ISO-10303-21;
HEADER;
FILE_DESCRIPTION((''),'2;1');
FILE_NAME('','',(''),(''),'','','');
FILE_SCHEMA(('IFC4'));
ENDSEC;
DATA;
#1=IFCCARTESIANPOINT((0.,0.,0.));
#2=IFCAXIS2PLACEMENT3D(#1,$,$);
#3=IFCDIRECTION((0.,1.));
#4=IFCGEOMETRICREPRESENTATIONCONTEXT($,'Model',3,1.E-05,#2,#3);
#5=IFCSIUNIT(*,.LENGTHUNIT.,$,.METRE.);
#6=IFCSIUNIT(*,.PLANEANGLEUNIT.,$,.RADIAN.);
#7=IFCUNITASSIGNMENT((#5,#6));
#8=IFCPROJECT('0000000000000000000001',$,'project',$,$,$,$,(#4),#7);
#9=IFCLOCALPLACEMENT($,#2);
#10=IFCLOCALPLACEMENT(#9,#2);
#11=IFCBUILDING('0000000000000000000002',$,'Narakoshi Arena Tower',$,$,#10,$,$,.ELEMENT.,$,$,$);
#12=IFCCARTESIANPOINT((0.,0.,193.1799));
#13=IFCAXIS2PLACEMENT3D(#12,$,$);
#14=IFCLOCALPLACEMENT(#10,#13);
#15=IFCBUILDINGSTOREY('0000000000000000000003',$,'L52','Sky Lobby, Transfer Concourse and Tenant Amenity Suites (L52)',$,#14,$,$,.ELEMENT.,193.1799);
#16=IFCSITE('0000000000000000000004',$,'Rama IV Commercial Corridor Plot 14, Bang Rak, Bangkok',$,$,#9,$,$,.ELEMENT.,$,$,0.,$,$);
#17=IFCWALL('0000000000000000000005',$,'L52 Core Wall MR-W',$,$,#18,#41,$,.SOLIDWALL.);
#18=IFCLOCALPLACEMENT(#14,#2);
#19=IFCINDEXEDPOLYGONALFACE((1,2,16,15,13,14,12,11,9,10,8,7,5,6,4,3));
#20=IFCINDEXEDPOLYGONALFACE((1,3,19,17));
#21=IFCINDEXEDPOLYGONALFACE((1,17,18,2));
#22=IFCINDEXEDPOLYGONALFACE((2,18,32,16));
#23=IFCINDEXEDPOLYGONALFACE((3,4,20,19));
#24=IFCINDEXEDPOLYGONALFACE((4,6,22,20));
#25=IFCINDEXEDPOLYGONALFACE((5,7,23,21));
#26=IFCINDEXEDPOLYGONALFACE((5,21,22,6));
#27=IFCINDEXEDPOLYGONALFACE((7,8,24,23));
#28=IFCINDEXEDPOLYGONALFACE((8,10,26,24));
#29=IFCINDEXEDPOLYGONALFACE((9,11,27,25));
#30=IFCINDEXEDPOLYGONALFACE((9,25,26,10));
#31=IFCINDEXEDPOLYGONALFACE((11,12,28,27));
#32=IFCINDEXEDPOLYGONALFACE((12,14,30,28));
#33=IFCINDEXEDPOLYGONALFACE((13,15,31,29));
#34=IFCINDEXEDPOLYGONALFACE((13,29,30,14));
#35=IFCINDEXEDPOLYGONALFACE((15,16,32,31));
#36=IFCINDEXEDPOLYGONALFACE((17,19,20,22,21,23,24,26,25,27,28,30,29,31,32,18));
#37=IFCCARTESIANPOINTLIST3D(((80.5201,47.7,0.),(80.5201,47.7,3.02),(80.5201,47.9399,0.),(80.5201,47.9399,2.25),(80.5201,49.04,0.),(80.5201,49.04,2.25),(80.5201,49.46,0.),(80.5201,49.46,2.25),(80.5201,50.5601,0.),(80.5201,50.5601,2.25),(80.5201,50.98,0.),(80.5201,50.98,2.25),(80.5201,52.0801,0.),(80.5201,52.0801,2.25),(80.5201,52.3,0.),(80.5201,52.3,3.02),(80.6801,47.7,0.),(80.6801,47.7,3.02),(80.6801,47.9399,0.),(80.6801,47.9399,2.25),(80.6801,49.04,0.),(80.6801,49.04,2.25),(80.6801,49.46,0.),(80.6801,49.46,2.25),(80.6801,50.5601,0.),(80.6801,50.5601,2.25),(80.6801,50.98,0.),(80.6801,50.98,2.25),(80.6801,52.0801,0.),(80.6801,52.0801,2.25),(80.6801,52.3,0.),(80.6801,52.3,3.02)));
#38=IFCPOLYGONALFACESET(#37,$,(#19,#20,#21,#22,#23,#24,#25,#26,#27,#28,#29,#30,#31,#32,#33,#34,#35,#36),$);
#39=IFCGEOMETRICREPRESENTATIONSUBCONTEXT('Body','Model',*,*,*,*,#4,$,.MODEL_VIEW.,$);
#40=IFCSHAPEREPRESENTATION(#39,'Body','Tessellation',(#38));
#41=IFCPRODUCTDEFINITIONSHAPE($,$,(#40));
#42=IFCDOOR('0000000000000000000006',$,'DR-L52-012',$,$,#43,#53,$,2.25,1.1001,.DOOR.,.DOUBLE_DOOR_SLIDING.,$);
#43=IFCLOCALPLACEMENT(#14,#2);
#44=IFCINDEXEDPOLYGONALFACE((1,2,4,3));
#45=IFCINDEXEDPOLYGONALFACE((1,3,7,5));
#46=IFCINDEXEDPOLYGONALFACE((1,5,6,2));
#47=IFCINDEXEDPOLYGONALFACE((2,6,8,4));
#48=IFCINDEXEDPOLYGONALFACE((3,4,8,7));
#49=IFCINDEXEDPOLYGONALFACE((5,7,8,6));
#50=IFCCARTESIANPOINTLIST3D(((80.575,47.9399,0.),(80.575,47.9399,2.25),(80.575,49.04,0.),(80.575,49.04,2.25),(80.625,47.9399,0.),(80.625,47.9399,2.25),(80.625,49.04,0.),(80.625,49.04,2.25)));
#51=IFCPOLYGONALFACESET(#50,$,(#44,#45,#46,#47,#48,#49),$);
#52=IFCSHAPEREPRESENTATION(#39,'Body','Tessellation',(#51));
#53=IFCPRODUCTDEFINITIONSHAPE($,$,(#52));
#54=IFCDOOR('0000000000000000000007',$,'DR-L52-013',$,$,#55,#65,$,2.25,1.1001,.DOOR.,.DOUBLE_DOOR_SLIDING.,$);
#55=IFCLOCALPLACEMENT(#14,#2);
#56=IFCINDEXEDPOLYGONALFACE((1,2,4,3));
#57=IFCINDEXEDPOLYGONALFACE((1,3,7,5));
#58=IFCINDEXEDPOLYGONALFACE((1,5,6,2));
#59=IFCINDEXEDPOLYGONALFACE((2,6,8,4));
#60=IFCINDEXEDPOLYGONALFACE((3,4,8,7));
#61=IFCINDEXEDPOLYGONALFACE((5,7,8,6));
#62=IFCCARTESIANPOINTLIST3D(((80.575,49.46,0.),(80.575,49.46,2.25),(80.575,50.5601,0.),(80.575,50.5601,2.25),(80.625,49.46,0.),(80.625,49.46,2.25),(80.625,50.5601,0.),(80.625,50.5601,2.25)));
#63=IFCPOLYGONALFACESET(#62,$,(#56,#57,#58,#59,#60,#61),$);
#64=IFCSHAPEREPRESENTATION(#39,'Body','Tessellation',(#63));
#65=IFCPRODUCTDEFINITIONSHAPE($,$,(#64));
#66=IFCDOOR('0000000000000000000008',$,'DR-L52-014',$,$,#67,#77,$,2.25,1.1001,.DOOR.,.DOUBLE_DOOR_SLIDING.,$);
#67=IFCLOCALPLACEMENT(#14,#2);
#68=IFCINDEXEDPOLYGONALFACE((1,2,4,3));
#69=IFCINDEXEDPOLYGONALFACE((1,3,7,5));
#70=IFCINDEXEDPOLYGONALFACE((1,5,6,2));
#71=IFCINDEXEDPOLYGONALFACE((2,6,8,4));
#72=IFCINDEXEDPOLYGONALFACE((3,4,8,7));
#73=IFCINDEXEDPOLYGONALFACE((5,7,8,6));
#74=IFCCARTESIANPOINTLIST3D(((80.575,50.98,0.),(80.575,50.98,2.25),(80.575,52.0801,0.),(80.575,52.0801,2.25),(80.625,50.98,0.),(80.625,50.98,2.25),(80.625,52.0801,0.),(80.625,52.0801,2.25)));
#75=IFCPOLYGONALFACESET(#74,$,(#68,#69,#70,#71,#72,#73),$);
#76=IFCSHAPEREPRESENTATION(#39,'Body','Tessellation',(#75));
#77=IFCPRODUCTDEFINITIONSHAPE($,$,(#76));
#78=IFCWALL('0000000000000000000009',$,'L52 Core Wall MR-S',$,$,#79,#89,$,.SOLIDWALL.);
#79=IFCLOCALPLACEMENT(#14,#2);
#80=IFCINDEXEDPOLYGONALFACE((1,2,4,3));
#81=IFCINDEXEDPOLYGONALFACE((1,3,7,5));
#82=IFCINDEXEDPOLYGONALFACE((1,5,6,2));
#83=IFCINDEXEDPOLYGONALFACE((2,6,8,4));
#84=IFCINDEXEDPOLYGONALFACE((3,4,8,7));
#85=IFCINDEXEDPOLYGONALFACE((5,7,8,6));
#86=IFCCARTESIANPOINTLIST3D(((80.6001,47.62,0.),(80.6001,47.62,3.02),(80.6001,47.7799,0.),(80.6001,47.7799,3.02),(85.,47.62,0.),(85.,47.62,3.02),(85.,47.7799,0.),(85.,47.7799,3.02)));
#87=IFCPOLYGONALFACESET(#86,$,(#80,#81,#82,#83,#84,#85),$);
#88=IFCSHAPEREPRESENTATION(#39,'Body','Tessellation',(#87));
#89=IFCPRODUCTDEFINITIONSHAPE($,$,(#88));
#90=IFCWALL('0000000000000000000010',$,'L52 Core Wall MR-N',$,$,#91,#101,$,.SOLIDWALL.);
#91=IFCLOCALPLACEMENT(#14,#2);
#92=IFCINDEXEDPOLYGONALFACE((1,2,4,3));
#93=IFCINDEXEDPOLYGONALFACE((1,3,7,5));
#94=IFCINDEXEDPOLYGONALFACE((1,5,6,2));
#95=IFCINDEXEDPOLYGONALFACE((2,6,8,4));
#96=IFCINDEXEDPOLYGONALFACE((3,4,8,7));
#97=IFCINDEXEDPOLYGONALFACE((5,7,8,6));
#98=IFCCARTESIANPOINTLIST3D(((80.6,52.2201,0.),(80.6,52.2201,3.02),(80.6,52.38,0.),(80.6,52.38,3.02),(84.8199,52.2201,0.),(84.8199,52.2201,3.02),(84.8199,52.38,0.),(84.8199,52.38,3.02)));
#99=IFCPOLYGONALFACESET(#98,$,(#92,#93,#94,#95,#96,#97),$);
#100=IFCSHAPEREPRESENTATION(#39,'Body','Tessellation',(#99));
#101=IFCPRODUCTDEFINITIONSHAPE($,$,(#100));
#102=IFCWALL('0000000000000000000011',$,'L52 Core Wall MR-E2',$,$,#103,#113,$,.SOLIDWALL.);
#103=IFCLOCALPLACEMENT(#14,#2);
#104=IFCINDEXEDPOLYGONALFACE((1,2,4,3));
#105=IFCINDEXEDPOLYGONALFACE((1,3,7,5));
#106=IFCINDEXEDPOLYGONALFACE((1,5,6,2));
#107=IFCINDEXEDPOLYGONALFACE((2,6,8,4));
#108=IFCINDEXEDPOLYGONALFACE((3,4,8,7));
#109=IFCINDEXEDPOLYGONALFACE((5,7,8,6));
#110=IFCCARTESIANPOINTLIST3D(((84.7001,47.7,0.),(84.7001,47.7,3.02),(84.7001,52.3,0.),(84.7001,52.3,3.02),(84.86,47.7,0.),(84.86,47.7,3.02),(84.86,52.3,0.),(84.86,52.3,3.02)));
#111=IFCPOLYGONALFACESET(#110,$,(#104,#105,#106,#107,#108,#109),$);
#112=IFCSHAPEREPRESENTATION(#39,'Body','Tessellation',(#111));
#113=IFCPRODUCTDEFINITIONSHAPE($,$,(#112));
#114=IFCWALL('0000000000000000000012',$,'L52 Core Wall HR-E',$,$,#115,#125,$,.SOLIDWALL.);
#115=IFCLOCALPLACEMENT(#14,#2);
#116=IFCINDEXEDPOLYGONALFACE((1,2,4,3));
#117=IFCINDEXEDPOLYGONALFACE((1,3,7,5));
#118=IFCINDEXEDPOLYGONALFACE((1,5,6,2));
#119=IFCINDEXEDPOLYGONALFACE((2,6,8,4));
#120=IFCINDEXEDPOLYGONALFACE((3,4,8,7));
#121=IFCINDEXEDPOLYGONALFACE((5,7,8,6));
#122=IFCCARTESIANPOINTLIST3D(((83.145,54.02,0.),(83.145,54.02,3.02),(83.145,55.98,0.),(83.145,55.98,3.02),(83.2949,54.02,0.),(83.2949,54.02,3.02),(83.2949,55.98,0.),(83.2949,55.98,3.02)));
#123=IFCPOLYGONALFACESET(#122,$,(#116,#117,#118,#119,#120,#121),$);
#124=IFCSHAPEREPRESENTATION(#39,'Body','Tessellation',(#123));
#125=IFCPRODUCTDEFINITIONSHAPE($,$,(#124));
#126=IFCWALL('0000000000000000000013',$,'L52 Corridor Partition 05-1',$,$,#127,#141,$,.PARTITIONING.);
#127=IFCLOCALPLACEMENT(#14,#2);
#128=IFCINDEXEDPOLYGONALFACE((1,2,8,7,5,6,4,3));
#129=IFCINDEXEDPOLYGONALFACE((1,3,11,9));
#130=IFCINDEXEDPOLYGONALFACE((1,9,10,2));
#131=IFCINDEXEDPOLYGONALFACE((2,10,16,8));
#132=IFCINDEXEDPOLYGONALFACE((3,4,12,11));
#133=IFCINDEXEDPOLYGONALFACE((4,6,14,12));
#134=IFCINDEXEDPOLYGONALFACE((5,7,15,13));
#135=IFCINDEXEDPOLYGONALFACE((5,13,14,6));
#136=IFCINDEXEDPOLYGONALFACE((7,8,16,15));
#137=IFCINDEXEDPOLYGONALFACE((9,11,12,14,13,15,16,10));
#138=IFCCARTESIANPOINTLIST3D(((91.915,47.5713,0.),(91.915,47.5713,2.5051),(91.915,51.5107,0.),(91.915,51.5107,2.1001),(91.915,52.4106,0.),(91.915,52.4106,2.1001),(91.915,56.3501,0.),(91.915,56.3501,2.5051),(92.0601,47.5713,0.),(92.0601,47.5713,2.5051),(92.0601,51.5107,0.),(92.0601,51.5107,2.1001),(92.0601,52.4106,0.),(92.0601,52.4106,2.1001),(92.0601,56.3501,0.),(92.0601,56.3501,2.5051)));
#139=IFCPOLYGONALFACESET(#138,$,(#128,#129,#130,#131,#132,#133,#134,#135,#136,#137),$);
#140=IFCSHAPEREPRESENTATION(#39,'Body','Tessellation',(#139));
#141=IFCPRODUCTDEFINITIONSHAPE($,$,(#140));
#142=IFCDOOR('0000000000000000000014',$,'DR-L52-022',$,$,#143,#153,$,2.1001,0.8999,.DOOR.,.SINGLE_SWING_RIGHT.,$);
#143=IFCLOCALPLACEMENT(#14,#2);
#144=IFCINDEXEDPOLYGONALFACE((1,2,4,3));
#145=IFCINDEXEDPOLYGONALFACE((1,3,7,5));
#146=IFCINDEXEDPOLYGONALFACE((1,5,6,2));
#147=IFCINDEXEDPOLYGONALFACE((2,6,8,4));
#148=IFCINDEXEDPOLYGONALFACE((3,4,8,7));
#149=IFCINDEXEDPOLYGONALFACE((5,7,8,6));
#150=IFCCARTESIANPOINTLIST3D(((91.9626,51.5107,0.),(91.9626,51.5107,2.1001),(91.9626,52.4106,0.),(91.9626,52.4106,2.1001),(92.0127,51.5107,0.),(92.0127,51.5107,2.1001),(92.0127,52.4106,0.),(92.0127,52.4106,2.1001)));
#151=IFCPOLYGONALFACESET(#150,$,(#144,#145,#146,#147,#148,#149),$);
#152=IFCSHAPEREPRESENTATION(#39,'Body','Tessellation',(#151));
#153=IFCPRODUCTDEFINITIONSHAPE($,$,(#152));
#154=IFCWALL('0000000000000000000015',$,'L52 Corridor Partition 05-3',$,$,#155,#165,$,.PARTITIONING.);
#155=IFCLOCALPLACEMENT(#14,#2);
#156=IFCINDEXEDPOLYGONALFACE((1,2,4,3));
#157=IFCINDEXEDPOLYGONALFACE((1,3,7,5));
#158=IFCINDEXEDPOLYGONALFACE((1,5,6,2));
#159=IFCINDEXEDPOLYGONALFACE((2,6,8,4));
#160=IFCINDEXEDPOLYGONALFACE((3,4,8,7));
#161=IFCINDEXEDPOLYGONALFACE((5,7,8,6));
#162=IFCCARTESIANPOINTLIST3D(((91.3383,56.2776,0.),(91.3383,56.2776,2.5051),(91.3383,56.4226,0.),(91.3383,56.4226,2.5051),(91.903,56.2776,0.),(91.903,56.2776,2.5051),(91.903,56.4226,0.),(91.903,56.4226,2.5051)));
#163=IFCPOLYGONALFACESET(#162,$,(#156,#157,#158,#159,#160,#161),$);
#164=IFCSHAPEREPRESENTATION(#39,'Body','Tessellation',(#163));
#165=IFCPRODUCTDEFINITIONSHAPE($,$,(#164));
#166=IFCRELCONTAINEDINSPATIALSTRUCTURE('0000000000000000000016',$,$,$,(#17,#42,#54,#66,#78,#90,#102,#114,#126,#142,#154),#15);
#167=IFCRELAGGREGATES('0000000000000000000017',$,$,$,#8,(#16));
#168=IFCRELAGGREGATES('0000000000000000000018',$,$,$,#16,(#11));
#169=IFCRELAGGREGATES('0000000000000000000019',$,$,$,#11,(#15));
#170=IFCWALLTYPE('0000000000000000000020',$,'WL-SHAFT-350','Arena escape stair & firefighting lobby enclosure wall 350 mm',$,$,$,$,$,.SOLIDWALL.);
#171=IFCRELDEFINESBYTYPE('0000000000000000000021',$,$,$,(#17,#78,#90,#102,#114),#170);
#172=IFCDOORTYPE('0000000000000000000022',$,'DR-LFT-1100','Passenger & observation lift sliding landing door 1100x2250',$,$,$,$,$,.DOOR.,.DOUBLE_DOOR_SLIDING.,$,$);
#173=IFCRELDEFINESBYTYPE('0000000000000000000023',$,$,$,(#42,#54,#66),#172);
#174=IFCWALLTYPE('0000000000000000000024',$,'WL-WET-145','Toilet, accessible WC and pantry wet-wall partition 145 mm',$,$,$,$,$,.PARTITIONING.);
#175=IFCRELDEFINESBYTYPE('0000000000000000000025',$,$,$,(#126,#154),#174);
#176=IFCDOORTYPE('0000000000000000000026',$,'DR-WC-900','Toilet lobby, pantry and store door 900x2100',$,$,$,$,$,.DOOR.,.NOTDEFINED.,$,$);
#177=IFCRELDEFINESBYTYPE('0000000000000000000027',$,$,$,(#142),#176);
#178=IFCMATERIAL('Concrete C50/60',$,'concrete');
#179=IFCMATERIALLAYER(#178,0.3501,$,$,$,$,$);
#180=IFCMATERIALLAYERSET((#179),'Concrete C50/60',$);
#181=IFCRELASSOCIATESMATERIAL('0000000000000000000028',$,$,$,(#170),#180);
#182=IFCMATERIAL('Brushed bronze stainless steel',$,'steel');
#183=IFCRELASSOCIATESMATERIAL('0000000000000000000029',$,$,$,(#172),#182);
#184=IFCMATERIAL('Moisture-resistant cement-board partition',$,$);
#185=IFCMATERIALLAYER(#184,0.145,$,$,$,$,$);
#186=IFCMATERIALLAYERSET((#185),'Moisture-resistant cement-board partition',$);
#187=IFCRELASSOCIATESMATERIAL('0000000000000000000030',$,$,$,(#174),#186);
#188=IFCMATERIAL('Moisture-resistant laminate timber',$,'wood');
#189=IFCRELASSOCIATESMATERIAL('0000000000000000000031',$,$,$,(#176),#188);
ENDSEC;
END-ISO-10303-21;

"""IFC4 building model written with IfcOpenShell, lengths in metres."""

from ifc_helpers import new_model, si_unit, direction, frame, frame_2d, origin, place, context, subcontext, project, spatial, rectangle, extrude, material, layer, layer_set, type_object, element, fill, save


model = new_model("IFC4")

# Units and contexts
model_context = context("Model", 3, precision=1e-05, world=origin(), true_north=direction((0.0, 1.0)))
body_context = subcontext(model_context, "Body", "Model", "MODEL_VIEW")
ifc_project = project(units=[si_unit("LENGTHUNIT", "METRE"), si_unit("PLANEANGLEUNIT", "RADIAN")], contexts=[model_context])

# Site, building, storey
site_placement = place(None, origin())
site = spatial("IfcSite", under=ifc_project, at=site_placement, Name="Rama IV Commercial Corridor Plot 14, Bang Rak, Bangkok", CompositionType="ELEMENT", RefElevation=0.0)
building_placement = place(site_placement, origin())
building = spatial("IfcBuilding", under=site, at=building_placement, Name="Narakoshi Arena Tower", CompositionType="ELEMENT")
storey_placement = place(building_placement, frame((0.0, 0.0, 193.1799)))
storey = spatial("IfcBuildingStorey", under=building, at=storey_placement, Name="L52", Description="Sky Lobby, Transfer Concourse and Tenant Amenity Suites (L52)", CompositionType="ELEMENT", Elevation=193.1799)

# Wall, openings, doors
ifc_material_1 = material(Name="Concrete C50/60", Category="concrete")
ifc_layer_1 = layer(ifc_material_1, 0.3501)
ifc_layer_set_1 = layer_set([ifc_layer_1], Name="Concrete C50/60")
wall_type_1 = type_object("IfcWallType", Name="WL-SHAFT-350", Description="Arena escape stair & firefighting lobby enclosure wall 350 mm", PredefinedType="SOLIDWALL", material=ifc_layer_set_1)
wall_1_placement = place(storey_placement, frame((80.6001, 47.7, 0.0), z_axis=(0.0, 0.0, 1.0), x_axis=(0.0, 1.0, 0.0)))
wall_1 = element("IfcWall", 1, at=wall_1_placement, inside=storey, type_object=wall_type_1, Name="L52 Core Wall MR-W", PredefinedType="SOLIDWALL", context=body_context, shape_type="SweptSolid", body=[
    extrude(rectangle(XDim=4.6001, YDim=0.1599, at=frame_2d((2.3, 0.0))), origin(), (0.0, 0.0, 1.0), 3.02),
])
opening_1_placement = place(wall_1_placement, frame((0.24, 0.0, 0.0)))
opening_1 = element("IfcOpeningElement", 2, at=opening_1_placement, cuts=wall_1, PredefinedType="OPENING", context=body_context, shape_type="SweptSolid", body=[
    extrude(rectangle(XDim=1.1001, YDim=2.25, at=frame_2d((0.55, 1.125))), frame((0.0, 0.0898, 0.0), z_axis=(0.0, -1.0, 0.0), x_axis=(1.0, 0.0, 0.0)), (0.0, 0.0, 1.0), 0.1799),
])
opening_2_placement = place(wall_1_placement, frame((1.76, 0.0, 0.0)))
opening_2 = element("IfcOpeningElement", 3, at=opening_2_placement, cuts=wall_1, PredefinedType="OPENING", context=body_context, shape_type="SweptSolid", body=[
    extrude(rectangle(XDim=1.1001, YDim=2.25, at=frame_2d((0.55, 1.125))), frame((0.0, 0.0898, 0.0), z_axis=(0.0, -1.0, 0.0), x_axis=(1.0, 0.0, 0.0)), (0.0, 0.0, 1.0), 0.1799),
])
opening_3_placement = place(wall_1_placement, frame((3.28, 0.0, 0.0)))
opening_3 = element("IfcOpeningElement", 4, at=opening_3_placement, cuts=wall_1, PredefinedType="OPENING", context=body_context, shape_type="SweptSolid", body=[
    extrude(rectangle(XDim=1.1001, YDim=2.25, at=frame_2d((0.55, 1.125))), frame((0.0, 0.0898, 0.0), z_axis=(0.0, -1.0, 0.0), x_axis=(1.0, 0.0, 0.0)), (0.0, 0.0, 1.0), 0.1799),
])
ifc_material_2 = material(Name="Brushed bronze stainless steel", Category="steel")
door_type_1 = type_object("IfcDoorType", Name="DR-LFT-1100", Description="Passenger & observation lift sliding landing door 1100x2250", OperationType="DOUBLE_DOOR_SLIDING", PredefinedType="DOOR", material=ifc_material_2)
door_1_placement = place(opening_1_placement, frame((1.1001, 0.0, 0.0), z_axis=(0.0, 0.0, 1.0), x_axis=(-1.0, 0.0, 0.0)))
door_1 = element("IfcDoor", 5, at=door_1_placement, inside=storey, type_object=door_type_1, Name="DR-L52-012", OperationType="DOUBLE_DOOR_SLIDING", OverallHeight=2.25, OverallWidth=1.1001, PredefinedType="DOOR", context=body_context, shape_type="SweptSolid", body=[
    extrude(rectangle(XDim=1.1001, YDim=2.25, at=frame_2d((0.55, 1.125))), frame((0.0, 0.0249, 0.0), z_axis=(0.0, -1.0, 0.0), x_axis=(1.0, 0.0, 0.0)), (0.0, 0.0, 1.0), 0.05),
])
fill(opening_1, door_1)
door_2_placement = place(opening_2_placement, frame((1.1001, 0.0, 0.0), z_axis=(0.0, 0.0, 1.0), x_axis=(-1.0, 0.0, 0.0)))
door_2 = element("IfcDoor", 6, at=door_2_placement, inside=storey, type_object=door_type_1, Name="DR-L52-013", OperationType="DOUBLE_DOOR_SLIDING", OverallHeight=2.25, OverallWidth=1.1001, PredefinedType="DOOR", context=body_context, shape_type="SweptSolid", body=[
    extrude(rectangle(XDim=1.1001, YDim=2.25, at=frame_2d((0.55, 1.125))), frame((0.0, 0.0249, 0.0), z_axis=(0.0, -1.0, 0.0), x_axis=(1.0, 0.0, 0.0)), (0.0, 0.0, 1.0), 0.05),
])
fill(opening_2, door_2)
door_3_placement = place(opening_3_placement, frame((1.1001, 0.0, 0.0), z_axis=(0.0, 0.0, 1.0), x_axis=(-1.0, 0.0, 0.0)))
door_3 = element("IfcDoor", 7, at=door_3_placement, inside=storey, type_object=door_type_1, Name="DR-L52-014", OperationType="DOUBLE_DOOR_SLIDING", OverallHeight=2.25, OverallWidth=1.1001, PredefinedType="DOOR", context=body_context, shape_type="SweptSolid", body=[
    extrude(rectangle(XDim=1.1001, YDim=2.25, at=frame_2d((0.55, 1.125))), frame((0.0, 0.0249, 0.0), z_axis=(0.0, -1.0, 0.0), x_axis=(1.0, 0.0, 0.0)), (0.0, 0.0, 1.0), 0.05),
])
fill(opening_3, door_3)

# Walls
wall_2_placement = place(storey_placement, frame((80.6001, 47.7, 0.0), z_axis=(0.0, 0.0, 1.0), x_axis=(1.0, 0.0, 0.0)))
element("IfcWall", 8, at=wall_2_placement, inside=storey, type_object=wall_type_1, Name="L52 Core Wall MR-S", PredefinedType="SOLIDWALL", context=body_context, shape_type="SweptSolid", body=[
    extrude(rectangle(XDim=4.3999, YDim=0.1599, at=frame_2d((2.2, 0.0))), origin(), (0.0, 0.0, 1.0), 3.02),
])
wall_3_placement = place(storey_placement, frame((80.6001, 52.3, 0.0), z_axis=(0.0, 0.0, 1.0), x_axis=(1.0, 0.0, 0.0)))
element("IfcWall", 9, at=wall_3_placement, inside=storey, type_object=wall_type_1, Name="L52 Core Wall MR-N", PredefinedType="SOLIDWALL", context=body_context, shape_type="SweptSolid", body=[
    extrude(rectangle(XDim=4.22, YDim=0.1599, at=frame_2d((2.1099, 0.0))), origin(), (0.0, 0.0, 1.0), 3.02),
])
wall_4_placement = place(storey_placement, frame((84.78, 47.7, 0.0), z_axis=(0.0, 0.0, 1.0), x_axis=(0.0, 1.0, 0.0)))
element("IfcWall", 10, at=wall_4_placement, inside=storey, type_object=wall_type_1, Name="L52 Core Wall MR-E2", PredefinedType="SOLIDWALL", context=body_context, shape_type="SweptSolid", body=[
    extrude(rectangle(XDim=4.6001, YDim=0.1599, at=frame_2d((2.3, 0.0))), origin(), (0.0, 0.0, 1.0), 3.02),
])
wall_5_placement = place(storey_placement, frame((83.22, 54.02, 0.0), z_axis=(0.0, 0.0, 1.0), x_axis=(0.0, 1.0, 0.0)))
element("IfcWall", 11, at=wall_5_placement, inside=storey, type_object=wall_type_1, Name="L52 Core Wall HR-E", PredefinedType="SOLIDWALL", context=body_context, shape_type="SweptSolid", body=[
    extrude(rectangle(XDim=1.96, YDim=0.1499, at=frame_2d((0.98, 0.0))), origin(), (0.0, 0.0, 1.0), 3.02),
])

# Wall, opening, door
ifc_material_3 = material(Name="Moisture-resistant cement-board partition")
ifc_layer_2 = layer(ifc_material_3, 0.145)
ifc_layer_set_2 = layer_set([ifc_layer_2], Name="Moisture-resistant cement-board partition")
wall_type_2 = type_object("IfcWallType", Name="WL-WET-145", Description="Toilet, accessible WC and pantry wet-wall partition 145 mm", PredefinedType="PARTITIONING", material=ifc_layer_set_2)
wall_6_placement = place(storey_placement, frame((91.9875, 56.3501, 0.0), z_axis=(0.0, 0.0, 1.0), x_axis=(0.0, -1.0, 0.0)))
wall_6 = element("IfcWall", 12, at=wall_6_placement, inside=storey, type_object=wall_type_2, Name="L52 Corridor Partition 05-1", PredefinedType="PARTITIONING", context=body_context, shape_type="SweptSolid", body=[
    extrude(rectangle(XDim=8.7788, YDim=0.145, at=frame_2d((4.3894, 0.0))), origin(), (0.0, 0.0, 1.0), 2.5051),
])
opening_4_placement = place(wall_6_placement, frame((3.9395, 0.0, 0.0)))
opening_4 = element("IfcOpeningElement", 13, at=opening_4_placement, cuts=wall_6, PredefinedType="OPENING", context=body_context, shape_type="SweptSolid", body=[
    extrude(rectangle(XDim=0.8999, YDim=2.1001, at=frame_2d((0.45, 1.05))), frame((0.0, 0.0825, 0.0), z_axis=(0.0, -1.0, 0.0), x_axis=(1.0, 0.0, 0.0)), (0.0, 0.0, 1.0), 0.165),
])
ifc_material_4 = material(Name="Moisture-resistant laminate timber", Category="wood")
door_type_2 = type_object("IfcDoorType", Name="DR-WC-900", Description="Toilet lobby, pantry and store door 900x2100", OperationType="NOTDEFINED", PredefinedType="DOOR", material=ifc_material_4)
door_4_placement = place(opening_4_placement, frame((0.8999, 0.0, 0.0), z_axis=(0.0, 0.0, 1.0), x_axis=(-1.0, 0.0, 0.0)))
door_4 = element("IfcDoor", 14, at=door_4_placement, inside=storey, type_object=door_type_2, Name="DR-L52-022", OperationType="SINGLE_SWING_RIGHT", OverallHeight=2.1001, OverallWidth=0.8999, PredefinedType="DOOR", context=body_context, shape_type="SweptSolid", body=[
    extrude(rectangle(XDim=0.8999, YDim=2.1001, at=frame_2d((0.45, 1.05))), frame((0.0, 0.0249, 0.0), z_axis=(0.0, -1.0, 0.0), x_axis=(1.0, 0.0, 0.0)), (0.0, 0.0, 1.0), 0.05),
])
fill(opening_4, door_4)

# Wall
wall_7_placement = place(storey_placement, frame((91.3384, 56.3501, 0.0), z_axis=(0.0, 0.0, 1.0), x_axis=(1.0, 0.0, 0.0)))
element("IfcWall", 15, at=wall_7_placement, inside=storey, type_object=wall_type_2, Name="L52 Corridor Partition 05-3", PredefinedType="PARTITIONING", context=body_context, shape_type="SweptSolid", body=[
    extrude(rectangle(XDim=0.5647, YDim=0.145, at=frame_2d((0.2822, 0.0))), origin(), (0.0, 0.0, 1.0), 2.5051),
])

save(model, "model.ifc")
